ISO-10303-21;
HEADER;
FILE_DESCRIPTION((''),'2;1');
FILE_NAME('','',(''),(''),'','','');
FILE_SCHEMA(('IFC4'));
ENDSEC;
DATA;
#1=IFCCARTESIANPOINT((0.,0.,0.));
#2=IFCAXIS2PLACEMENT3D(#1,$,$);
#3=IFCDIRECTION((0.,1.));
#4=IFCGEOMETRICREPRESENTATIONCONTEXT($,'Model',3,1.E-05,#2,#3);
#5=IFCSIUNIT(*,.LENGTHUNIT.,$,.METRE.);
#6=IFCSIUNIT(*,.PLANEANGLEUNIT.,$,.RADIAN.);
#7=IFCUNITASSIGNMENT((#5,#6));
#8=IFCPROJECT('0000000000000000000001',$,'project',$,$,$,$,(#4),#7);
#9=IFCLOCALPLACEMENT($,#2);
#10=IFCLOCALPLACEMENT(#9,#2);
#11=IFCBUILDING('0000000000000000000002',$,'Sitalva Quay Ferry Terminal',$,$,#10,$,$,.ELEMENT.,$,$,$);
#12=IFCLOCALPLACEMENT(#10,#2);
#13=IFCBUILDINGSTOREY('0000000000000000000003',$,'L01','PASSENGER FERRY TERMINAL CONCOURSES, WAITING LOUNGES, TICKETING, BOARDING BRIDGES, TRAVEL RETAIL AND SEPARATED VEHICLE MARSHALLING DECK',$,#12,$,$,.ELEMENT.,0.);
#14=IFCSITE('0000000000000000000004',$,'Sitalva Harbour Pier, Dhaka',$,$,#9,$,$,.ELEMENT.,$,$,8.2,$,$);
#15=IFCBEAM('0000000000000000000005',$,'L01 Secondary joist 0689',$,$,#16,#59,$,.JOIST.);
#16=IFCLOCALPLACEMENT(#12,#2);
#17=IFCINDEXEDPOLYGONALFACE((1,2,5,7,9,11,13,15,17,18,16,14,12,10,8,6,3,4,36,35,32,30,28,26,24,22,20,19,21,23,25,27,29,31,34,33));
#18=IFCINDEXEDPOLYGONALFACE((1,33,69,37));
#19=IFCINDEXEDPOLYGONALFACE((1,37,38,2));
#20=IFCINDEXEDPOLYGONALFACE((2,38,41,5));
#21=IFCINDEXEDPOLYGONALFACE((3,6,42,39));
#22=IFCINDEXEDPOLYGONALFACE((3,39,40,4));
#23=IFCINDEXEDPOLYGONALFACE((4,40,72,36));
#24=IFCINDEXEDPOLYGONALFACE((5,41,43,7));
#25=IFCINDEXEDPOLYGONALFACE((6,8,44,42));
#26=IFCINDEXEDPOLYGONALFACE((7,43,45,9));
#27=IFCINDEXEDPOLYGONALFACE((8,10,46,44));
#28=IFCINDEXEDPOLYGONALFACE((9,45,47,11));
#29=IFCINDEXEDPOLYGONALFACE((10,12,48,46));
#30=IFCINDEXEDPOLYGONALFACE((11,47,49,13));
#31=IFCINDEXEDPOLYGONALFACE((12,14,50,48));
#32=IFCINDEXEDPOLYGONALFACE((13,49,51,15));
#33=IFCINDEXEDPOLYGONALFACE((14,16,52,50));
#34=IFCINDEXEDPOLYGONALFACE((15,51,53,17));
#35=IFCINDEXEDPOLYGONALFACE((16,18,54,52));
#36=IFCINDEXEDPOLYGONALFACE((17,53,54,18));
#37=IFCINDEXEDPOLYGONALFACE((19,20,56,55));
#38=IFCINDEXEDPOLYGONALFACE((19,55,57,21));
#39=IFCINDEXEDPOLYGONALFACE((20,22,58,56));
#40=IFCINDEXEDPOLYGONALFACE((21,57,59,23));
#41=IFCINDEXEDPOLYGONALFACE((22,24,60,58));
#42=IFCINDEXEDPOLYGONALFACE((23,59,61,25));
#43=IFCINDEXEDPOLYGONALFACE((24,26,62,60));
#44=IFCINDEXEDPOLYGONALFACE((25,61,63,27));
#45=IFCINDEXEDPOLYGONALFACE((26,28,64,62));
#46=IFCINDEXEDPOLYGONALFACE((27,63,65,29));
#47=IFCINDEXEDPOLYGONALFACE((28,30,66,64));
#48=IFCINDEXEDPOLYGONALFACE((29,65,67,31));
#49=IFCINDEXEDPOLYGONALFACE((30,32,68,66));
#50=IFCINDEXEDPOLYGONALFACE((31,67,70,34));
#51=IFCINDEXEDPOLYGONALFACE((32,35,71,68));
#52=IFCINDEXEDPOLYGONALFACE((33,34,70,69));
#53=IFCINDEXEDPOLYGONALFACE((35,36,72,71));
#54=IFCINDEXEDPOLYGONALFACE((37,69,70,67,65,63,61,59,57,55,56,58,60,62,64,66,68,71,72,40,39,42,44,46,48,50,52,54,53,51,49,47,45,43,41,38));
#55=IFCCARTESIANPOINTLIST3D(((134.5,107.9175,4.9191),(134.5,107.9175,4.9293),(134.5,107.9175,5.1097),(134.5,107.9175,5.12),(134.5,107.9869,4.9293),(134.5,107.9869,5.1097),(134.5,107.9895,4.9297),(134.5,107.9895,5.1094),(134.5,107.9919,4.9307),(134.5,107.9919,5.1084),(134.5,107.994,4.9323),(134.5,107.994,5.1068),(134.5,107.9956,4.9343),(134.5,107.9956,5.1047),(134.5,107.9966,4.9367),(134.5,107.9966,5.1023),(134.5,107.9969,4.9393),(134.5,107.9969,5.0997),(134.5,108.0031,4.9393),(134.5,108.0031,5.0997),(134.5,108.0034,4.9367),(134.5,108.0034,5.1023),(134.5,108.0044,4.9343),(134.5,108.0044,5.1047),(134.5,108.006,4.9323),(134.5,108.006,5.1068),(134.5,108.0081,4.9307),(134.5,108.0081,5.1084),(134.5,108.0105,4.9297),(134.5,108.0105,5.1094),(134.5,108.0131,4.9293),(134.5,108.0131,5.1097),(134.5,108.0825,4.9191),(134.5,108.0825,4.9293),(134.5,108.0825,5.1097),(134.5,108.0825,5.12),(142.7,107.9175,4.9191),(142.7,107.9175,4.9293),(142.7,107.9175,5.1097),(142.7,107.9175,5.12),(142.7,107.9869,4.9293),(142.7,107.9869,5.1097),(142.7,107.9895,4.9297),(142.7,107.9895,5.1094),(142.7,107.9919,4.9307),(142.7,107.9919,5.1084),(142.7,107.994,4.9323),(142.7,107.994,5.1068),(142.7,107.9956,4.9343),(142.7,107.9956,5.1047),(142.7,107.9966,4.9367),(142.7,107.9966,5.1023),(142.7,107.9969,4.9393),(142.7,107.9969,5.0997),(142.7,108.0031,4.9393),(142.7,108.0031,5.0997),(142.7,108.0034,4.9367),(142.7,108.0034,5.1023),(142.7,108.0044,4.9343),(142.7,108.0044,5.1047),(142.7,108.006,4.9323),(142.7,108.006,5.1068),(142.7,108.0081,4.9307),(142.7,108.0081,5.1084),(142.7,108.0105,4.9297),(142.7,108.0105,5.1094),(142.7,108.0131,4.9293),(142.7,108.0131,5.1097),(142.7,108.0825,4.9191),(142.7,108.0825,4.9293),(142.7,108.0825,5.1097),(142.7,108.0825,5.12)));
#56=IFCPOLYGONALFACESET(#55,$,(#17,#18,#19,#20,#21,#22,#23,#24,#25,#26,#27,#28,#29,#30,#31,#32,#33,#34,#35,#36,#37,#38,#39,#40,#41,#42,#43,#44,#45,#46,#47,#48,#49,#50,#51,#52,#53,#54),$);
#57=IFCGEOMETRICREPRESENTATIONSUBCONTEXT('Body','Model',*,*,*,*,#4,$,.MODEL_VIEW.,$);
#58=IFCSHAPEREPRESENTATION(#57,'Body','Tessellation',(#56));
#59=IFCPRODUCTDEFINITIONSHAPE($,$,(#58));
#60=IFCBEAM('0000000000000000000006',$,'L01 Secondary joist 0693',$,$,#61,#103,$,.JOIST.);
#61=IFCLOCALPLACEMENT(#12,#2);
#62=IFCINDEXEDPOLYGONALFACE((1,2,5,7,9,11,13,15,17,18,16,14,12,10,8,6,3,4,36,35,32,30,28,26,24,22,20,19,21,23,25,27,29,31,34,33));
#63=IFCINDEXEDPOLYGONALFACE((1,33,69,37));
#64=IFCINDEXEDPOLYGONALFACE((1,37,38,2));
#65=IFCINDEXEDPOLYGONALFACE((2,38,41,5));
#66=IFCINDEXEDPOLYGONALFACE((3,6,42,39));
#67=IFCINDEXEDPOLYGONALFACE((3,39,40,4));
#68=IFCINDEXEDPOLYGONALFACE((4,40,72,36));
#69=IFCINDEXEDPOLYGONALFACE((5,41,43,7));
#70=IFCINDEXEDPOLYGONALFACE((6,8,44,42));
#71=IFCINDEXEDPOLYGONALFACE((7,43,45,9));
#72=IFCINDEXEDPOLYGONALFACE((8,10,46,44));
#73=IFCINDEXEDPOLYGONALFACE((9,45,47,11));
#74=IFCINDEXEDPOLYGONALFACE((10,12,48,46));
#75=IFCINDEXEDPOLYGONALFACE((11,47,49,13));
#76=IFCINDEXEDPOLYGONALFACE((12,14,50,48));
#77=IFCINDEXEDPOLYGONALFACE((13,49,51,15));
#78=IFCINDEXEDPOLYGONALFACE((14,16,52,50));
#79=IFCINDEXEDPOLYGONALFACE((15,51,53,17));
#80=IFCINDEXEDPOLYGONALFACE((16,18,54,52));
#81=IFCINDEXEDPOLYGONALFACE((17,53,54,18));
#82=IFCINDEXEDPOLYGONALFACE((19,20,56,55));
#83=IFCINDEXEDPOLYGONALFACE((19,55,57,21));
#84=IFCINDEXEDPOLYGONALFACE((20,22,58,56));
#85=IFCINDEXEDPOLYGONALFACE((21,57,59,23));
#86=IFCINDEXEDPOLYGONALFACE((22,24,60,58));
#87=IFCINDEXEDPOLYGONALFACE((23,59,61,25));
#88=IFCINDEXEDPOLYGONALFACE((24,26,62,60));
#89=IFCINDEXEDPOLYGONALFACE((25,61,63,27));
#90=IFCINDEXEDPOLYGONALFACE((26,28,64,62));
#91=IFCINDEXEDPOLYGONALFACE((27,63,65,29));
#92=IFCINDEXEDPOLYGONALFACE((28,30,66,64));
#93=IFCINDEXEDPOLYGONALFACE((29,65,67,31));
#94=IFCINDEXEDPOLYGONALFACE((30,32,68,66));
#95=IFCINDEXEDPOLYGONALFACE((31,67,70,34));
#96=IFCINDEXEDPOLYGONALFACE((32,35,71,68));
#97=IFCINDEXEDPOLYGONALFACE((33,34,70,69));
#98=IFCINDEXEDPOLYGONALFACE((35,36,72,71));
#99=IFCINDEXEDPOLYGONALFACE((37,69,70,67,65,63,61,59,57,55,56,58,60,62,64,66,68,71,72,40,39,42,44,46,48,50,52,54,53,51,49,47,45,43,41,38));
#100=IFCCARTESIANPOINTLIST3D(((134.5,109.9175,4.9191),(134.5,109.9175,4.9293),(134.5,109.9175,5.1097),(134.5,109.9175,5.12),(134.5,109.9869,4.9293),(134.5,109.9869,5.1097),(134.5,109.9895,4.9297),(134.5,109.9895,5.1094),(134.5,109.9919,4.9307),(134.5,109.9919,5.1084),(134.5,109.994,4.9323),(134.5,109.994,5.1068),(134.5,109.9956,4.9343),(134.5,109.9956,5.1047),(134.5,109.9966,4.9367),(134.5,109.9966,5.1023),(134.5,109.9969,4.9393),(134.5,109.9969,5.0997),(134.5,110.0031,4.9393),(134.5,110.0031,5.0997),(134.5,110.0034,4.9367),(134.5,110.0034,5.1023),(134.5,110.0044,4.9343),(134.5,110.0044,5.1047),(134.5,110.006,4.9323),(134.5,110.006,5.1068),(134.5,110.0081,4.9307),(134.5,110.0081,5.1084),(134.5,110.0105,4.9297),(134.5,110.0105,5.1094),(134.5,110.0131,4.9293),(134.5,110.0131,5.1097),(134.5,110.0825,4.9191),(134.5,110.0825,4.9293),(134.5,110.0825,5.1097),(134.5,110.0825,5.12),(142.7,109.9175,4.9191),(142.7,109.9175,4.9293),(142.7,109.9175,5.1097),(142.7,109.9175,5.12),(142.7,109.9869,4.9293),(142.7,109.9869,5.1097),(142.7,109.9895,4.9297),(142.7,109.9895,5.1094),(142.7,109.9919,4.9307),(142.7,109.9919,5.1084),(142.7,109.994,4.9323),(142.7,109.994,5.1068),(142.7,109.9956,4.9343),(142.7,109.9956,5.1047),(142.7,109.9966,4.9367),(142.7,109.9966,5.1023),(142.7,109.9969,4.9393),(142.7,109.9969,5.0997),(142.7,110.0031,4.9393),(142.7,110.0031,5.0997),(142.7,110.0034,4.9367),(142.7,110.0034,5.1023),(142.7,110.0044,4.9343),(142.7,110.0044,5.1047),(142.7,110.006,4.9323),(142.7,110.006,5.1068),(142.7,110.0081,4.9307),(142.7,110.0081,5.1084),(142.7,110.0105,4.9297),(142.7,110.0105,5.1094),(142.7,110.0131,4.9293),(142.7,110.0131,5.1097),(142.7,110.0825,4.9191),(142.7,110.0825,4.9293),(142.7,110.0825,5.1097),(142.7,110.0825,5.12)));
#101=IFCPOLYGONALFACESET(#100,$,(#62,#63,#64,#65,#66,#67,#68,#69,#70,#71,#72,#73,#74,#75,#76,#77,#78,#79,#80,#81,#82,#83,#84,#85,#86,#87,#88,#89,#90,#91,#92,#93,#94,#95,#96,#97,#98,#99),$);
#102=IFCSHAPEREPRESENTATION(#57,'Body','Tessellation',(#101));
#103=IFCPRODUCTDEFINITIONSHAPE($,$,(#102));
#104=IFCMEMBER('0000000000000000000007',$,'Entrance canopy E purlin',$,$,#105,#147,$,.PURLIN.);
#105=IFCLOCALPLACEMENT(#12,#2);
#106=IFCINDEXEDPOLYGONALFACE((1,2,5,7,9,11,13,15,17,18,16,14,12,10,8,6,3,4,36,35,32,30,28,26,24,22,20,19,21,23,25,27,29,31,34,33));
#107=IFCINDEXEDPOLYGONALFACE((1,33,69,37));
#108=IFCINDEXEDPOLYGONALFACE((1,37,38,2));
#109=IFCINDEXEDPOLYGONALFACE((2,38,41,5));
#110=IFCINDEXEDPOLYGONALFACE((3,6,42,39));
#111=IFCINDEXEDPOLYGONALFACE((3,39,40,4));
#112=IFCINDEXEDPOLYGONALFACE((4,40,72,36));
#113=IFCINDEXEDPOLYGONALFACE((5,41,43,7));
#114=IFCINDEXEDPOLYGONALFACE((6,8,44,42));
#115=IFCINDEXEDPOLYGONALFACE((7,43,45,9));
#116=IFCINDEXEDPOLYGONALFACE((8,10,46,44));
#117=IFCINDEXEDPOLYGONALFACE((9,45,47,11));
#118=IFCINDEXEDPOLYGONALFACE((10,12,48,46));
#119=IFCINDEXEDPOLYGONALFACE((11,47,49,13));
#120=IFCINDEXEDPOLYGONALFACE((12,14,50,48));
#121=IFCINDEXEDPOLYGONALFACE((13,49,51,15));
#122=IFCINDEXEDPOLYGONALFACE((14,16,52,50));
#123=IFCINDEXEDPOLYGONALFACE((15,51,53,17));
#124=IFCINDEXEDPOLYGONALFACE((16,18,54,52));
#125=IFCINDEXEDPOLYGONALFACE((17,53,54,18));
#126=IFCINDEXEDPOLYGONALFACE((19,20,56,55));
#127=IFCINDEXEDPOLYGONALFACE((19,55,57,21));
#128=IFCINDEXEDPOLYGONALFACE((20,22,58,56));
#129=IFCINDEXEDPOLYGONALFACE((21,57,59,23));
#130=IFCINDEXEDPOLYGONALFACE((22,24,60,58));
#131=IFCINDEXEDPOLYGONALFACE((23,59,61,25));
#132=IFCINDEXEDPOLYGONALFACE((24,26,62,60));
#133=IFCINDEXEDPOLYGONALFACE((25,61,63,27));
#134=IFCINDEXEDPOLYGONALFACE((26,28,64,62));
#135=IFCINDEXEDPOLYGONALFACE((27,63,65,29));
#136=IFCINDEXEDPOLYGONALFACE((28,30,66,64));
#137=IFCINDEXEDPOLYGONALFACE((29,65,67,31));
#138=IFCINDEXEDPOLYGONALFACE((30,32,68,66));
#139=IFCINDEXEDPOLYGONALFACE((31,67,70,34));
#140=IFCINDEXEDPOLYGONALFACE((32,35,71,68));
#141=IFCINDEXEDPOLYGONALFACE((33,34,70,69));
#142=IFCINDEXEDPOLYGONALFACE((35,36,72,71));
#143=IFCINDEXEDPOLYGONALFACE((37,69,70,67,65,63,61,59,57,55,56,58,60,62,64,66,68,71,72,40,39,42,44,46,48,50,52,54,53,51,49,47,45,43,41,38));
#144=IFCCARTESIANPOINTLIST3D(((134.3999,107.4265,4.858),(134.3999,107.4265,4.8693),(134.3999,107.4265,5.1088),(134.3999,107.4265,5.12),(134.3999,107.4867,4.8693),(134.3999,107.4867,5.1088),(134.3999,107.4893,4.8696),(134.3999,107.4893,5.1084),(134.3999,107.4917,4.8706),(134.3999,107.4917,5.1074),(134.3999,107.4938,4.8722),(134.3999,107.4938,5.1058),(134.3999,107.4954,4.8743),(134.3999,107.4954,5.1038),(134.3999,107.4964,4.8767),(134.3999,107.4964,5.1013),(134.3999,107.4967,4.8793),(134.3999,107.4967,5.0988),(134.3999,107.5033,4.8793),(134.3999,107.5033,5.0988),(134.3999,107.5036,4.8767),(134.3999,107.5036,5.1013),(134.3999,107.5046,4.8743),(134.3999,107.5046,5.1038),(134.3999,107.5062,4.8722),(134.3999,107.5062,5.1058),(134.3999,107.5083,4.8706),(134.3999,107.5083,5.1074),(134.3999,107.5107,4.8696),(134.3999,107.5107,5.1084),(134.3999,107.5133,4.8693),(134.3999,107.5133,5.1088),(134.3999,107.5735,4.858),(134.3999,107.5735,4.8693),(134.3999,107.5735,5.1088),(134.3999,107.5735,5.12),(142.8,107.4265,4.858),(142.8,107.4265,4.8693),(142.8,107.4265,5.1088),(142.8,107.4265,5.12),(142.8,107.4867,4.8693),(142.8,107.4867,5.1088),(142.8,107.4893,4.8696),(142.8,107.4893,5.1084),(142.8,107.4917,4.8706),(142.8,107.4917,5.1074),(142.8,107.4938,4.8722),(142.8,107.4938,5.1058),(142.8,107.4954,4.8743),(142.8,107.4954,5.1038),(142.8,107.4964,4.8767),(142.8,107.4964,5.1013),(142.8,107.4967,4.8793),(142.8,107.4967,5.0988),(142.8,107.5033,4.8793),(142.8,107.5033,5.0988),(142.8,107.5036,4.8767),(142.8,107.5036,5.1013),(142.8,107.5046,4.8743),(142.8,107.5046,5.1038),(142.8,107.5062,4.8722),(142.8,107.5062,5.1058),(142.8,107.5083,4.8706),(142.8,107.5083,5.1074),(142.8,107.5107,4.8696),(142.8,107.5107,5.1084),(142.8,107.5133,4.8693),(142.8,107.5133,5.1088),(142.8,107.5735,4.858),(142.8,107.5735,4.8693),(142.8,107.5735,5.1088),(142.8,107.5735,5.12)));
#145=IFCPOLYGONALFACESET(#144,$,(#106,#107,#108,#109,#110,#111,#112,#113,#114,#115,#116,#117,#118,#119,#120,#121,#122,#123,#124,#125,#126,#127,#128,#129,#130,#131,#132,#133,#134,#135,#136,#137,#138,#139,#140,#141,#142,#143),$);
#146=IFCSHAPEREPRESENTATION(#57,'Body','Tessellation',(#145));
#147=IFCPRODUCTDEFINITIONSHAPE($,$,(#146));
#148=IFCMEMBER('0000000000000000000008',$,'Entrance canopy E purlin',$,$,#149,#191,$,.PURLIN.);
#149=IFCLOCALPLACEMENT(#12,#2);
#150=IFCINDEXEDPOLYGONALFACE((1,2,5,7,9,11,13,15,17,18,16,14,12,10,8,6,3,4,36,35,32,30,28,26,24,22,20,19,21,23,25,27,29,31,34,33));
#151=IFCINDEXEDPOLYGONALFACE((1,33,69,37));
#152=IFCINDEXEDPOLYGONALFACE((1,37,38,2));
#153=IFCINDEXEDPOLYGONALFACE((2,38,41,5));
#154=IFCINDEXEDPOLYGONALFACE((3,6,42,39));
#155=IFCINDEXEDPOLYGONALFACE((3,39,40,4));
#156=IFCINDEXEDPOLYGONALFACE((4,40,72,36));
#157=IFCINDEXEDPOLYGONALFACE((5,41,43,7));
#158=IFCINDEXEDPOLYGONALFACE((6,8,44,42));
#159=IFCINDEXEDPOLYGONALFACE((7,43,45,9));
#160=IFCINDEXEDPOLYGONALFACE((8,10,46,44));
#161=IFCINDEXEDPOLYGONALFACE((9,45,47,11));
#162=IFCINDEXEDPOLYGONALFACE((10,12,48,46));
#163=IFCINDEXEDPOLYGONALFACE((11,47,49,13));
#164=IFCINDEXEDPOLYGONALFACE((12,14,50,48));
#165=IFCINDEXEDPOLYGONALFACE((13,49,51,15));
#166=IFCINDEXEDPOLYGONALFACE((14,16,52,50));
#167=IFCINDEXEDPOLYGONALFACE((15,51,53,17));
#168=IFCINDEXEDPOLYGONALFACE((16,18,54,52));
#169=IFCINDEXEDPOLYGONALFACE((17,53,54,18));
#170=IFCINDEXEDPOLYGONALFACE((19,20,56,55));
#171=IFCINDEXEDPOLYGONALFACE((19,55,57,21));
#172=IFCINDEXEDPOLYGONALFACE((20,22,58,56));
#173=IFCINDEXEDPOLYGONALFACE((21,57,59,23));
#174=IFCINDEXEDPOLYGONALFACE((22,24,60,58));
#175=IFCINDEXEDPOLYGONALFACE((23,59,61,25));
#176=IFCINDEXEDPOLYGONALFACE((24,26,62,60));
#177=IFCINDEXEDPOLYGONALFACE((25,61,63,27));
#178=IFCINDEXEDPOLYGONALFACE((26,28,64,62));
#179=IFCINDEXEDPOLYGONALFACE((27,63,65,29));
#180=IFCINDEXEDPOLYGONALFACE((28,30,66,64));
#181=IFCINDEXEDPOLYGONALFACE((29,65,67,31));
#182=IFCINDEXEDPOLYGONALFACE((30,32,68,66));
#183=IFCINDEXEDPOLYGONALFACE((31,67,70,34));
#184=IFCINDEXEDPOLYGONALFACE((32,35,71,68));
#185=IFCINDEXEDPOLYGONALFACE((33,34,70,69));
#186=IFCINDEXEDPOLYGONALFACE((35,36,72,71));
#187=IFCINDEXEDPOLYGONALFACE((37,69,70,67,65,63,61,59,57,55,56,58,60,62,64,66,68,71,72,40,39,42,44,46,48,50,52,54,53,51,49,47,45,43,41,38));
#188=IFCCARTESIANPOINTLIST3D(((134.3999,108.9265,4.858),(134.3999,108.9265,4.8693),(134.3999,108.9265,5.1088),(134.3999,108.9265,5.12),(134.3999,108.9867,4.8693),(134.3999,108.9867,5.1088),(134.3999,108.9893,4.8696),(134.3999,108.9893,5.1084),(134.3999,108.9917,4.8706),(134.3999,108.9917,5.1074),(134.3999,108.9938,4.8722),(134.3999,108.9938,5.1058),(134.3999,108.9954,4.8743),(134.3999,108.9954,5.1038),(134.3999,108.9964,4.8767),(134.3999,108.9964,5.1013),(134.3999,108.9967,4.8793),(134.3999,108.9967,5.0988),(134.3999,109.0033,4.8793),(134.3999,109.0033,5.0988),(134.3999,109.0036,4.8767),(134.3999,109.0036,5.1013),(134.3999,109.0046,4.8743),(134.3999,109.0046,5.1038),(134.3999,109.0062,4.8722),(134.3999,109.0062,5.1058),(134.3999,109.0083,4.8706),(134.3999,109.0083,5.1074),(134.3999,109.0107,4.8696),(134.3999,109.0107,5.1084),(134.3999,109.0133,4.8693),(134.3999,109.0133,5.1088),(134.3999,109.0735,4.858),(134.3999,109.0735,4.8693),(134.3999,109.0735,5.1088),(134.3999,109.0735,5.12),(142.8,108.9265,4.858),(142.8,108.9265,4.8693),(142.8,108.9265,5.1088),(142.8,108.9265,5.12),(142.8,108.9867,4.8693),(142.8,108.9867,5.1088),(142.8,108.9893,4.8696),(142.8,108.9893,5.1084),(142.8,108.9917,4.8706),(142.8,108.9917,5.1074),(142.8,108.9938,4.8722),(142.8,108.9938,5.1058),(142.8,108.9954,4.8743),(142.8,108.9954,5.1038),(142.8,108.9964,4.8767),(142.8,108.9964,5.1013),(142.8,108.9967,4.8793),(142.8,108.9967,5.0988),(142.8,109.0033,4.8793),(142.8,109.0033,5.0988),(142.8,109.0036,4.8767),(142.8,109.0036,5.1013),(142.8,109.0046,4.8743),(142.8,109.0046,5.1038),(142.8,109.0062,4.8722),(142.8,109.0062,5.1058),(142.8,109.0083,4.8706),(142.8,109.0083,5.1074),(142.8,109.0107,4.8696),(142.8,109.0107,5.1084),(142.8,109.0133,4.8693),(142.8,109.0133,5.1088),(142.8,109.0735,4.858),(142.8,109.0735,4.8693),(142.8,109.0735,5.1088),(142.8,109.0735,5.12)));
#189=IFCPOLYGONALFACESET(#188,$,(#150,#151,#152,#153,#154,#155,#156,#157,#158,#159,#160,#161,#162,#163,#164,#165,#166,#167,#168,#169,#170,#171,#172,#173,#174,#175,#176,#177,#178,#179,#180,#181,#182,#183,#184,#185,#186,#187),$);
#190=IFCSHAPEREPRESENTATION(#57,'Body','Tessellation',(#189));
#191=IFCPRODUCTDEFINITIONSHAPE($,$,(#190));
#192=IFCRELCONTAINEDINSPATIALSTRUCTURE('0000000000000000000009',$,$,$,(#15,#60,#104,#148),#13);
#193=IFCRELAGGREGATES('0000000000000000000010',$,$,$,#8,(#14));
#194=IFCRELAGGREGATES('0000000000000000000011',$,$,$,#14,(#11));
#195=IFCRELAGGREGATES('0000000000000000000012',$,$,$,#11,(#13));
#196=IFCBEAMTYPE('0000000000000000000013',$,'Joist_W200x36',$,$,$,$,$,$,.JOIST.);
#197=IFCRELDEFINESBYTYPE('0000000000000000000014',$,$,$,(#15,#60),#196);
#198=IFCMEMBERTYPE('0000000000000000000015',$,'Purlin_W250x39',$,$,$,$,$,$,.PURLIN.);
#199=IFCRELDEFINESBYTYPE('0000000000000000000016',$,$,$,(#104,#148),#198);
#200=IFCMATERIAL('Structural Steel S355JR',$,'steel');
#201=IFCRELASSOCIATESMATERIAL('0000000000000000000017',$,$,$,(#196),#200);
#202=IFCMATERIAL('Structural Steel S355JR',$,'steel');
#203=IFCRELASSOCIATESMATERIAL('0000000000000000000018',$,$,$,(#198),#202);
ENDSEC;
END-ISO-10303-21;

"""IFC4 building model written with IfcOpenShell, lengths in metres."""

from ifc_helpers import new_model, si_unit, direction, frame, origin, origin_2d, place, context, subcontext, project, spatial, i_section, extrude, material, material_profile, profile_set, type_object, element, save


model = new_model("IFC4")

# Units and contexts
model_context = context("Model", 3, precision=1e-05, world=origin(), true_north=direction((0.0, 1.0)))
body_context = subcontext(model_context, "Body", "Model", "MODEL_VIEW")
ifc_project = project(units=[si_unit("LENGTHUNIT", "METRE"), si_unit("PLANEANGLEUNIT", "RADIAN")], contexts=[model_context])

# Site, building, storey
site_placement = place(None, origin())
site = spatial("IfcSite", under=ifc_project, at=site_placement, Name="Sitalva Harbour Pier, Dhaka", CompositionType="ELEMENT", RefElevation=8.2)
building_placement = place(site_placement, origin())
building = spatial("IfcBuilding", under=site, at=building_placement, Name="Sitalva Quay Ferry Terminal", CompositionType="ELEMENT")
storey_placement = place(building_placement, origin())
storey = spatial("IfcBuildingStorey", under=building, at=storey_placement, Name="L01", Description="PASSENGER FERRY TERMINAL CONCOURSES, WAITING LOUNGES, TICKETING, BOARDING BRIDGES, TRAVEL RETAIL AND SEPARATED VEHICLE MARSHALLING DECK", CompositionType="ELEMENT", Elevation=0.0)

# Beams
ifc_material_1 = material(Name="Structural Steel S355JR", Category="steel")
ifc_material_profile_1 = material_profile(ifc_material_1, i_section(OverallWidth=0.165, OverallDepth=0.2009, WebThickness=0.0061, FlangeThickness=0.0103, FilletRadius=0.01, at=origin_2d()), Name="W200x36")
ifc_profile_set_1 = profile_set([ifc_material_profile_1], Name="Structural Steel S355JR")
beam_type_1 = type_object("IfcBeamType", Name="Joist_W200x36", PredefinedType="JOIST", material=ifc_profile_set_1)
for number, where, z_axis, x_axis, name in (
    (1, (134.5, 108.0, 5.0195), (1.0, 0.0, 0.0), (0.0, 1.0, 0.0), "L01 Secondary joist 0689"),
    (2, (134.5, 110.0, 5.0195), (1.0, 0.0, 0.0), (0.0, 1.0, 0.0), "L01 Secondary joist 0693"),
):
    element("IfcBeam", number, at=place(storey_placement, frame(where, z_axis=z_axis, x_axis=x_axis)), inside=storey, type_object=beam_type_1, Name=name, PredefinedType="JOIST", context=body_context, shape_type="SweptSolid", body=[
        extrude(i_section(OverallWidth=0.165, OverallDepth=0.2009, WebThickness=0.0061, FlangeThickness=0.0103, FilletRadius=0.01, at=origin_2d()), origin(), (0.0, 0.0, 1.0), 8.2),
    ])

# Members
ifc_material_2 = material(Name="Structural Steel S355JR", Category="steel")
ifc_material_profile_2 = material_profile(ifc_material_2, i_section(OverallWidth=0.147, OverallDepth=0.262, WebThickness=0.0066, FlangeThickness=0.0112, FilletRadius=0.01, at=origin_2d()), Name="W250x39")
ifc_profile_set_2 = profile_set([ifc_material_profile_2], Name="Structural Steel S355JR")
member_type = type_object("IfcMemberType", Name="Purlin_W250x39", PredefinedType="PURLIN", material=ifc_profile_set_2)
for number, where, z_axis, x_axis, name in (
    (3, (134.3999, 107.5, 4.989), (1.0, 0.0, 0.0), (0.0, 1.0, 0.0), "Entrance canopy E purlin"),
    (4, (134.3999, 109.0, 4.989), (1.0, 0.0, 0.0), (0.0, 1.0, 0.0), "Entrance canopy E purlin"),
):
    element("IfcMember", number, at=place(storey_placement, frame(where, z_axis=z_axis, x_axis=x_axis)), inside=storey, type_object=member_type, Name=name, PredefinedType="PURLIN", context=body_context, shape_type="SweptSolid", body=[
        extrude(i_section(OverallWidth=0.147, OverallDepth=0.262, WebThickness=0.0066, FlangeThickness=0.0112, FilletRadius=0.01, at=origin_2d()), origin(), (0.0, 0.0, 1.0), 8.4001),
    ])

save(model, "model.ifc")
